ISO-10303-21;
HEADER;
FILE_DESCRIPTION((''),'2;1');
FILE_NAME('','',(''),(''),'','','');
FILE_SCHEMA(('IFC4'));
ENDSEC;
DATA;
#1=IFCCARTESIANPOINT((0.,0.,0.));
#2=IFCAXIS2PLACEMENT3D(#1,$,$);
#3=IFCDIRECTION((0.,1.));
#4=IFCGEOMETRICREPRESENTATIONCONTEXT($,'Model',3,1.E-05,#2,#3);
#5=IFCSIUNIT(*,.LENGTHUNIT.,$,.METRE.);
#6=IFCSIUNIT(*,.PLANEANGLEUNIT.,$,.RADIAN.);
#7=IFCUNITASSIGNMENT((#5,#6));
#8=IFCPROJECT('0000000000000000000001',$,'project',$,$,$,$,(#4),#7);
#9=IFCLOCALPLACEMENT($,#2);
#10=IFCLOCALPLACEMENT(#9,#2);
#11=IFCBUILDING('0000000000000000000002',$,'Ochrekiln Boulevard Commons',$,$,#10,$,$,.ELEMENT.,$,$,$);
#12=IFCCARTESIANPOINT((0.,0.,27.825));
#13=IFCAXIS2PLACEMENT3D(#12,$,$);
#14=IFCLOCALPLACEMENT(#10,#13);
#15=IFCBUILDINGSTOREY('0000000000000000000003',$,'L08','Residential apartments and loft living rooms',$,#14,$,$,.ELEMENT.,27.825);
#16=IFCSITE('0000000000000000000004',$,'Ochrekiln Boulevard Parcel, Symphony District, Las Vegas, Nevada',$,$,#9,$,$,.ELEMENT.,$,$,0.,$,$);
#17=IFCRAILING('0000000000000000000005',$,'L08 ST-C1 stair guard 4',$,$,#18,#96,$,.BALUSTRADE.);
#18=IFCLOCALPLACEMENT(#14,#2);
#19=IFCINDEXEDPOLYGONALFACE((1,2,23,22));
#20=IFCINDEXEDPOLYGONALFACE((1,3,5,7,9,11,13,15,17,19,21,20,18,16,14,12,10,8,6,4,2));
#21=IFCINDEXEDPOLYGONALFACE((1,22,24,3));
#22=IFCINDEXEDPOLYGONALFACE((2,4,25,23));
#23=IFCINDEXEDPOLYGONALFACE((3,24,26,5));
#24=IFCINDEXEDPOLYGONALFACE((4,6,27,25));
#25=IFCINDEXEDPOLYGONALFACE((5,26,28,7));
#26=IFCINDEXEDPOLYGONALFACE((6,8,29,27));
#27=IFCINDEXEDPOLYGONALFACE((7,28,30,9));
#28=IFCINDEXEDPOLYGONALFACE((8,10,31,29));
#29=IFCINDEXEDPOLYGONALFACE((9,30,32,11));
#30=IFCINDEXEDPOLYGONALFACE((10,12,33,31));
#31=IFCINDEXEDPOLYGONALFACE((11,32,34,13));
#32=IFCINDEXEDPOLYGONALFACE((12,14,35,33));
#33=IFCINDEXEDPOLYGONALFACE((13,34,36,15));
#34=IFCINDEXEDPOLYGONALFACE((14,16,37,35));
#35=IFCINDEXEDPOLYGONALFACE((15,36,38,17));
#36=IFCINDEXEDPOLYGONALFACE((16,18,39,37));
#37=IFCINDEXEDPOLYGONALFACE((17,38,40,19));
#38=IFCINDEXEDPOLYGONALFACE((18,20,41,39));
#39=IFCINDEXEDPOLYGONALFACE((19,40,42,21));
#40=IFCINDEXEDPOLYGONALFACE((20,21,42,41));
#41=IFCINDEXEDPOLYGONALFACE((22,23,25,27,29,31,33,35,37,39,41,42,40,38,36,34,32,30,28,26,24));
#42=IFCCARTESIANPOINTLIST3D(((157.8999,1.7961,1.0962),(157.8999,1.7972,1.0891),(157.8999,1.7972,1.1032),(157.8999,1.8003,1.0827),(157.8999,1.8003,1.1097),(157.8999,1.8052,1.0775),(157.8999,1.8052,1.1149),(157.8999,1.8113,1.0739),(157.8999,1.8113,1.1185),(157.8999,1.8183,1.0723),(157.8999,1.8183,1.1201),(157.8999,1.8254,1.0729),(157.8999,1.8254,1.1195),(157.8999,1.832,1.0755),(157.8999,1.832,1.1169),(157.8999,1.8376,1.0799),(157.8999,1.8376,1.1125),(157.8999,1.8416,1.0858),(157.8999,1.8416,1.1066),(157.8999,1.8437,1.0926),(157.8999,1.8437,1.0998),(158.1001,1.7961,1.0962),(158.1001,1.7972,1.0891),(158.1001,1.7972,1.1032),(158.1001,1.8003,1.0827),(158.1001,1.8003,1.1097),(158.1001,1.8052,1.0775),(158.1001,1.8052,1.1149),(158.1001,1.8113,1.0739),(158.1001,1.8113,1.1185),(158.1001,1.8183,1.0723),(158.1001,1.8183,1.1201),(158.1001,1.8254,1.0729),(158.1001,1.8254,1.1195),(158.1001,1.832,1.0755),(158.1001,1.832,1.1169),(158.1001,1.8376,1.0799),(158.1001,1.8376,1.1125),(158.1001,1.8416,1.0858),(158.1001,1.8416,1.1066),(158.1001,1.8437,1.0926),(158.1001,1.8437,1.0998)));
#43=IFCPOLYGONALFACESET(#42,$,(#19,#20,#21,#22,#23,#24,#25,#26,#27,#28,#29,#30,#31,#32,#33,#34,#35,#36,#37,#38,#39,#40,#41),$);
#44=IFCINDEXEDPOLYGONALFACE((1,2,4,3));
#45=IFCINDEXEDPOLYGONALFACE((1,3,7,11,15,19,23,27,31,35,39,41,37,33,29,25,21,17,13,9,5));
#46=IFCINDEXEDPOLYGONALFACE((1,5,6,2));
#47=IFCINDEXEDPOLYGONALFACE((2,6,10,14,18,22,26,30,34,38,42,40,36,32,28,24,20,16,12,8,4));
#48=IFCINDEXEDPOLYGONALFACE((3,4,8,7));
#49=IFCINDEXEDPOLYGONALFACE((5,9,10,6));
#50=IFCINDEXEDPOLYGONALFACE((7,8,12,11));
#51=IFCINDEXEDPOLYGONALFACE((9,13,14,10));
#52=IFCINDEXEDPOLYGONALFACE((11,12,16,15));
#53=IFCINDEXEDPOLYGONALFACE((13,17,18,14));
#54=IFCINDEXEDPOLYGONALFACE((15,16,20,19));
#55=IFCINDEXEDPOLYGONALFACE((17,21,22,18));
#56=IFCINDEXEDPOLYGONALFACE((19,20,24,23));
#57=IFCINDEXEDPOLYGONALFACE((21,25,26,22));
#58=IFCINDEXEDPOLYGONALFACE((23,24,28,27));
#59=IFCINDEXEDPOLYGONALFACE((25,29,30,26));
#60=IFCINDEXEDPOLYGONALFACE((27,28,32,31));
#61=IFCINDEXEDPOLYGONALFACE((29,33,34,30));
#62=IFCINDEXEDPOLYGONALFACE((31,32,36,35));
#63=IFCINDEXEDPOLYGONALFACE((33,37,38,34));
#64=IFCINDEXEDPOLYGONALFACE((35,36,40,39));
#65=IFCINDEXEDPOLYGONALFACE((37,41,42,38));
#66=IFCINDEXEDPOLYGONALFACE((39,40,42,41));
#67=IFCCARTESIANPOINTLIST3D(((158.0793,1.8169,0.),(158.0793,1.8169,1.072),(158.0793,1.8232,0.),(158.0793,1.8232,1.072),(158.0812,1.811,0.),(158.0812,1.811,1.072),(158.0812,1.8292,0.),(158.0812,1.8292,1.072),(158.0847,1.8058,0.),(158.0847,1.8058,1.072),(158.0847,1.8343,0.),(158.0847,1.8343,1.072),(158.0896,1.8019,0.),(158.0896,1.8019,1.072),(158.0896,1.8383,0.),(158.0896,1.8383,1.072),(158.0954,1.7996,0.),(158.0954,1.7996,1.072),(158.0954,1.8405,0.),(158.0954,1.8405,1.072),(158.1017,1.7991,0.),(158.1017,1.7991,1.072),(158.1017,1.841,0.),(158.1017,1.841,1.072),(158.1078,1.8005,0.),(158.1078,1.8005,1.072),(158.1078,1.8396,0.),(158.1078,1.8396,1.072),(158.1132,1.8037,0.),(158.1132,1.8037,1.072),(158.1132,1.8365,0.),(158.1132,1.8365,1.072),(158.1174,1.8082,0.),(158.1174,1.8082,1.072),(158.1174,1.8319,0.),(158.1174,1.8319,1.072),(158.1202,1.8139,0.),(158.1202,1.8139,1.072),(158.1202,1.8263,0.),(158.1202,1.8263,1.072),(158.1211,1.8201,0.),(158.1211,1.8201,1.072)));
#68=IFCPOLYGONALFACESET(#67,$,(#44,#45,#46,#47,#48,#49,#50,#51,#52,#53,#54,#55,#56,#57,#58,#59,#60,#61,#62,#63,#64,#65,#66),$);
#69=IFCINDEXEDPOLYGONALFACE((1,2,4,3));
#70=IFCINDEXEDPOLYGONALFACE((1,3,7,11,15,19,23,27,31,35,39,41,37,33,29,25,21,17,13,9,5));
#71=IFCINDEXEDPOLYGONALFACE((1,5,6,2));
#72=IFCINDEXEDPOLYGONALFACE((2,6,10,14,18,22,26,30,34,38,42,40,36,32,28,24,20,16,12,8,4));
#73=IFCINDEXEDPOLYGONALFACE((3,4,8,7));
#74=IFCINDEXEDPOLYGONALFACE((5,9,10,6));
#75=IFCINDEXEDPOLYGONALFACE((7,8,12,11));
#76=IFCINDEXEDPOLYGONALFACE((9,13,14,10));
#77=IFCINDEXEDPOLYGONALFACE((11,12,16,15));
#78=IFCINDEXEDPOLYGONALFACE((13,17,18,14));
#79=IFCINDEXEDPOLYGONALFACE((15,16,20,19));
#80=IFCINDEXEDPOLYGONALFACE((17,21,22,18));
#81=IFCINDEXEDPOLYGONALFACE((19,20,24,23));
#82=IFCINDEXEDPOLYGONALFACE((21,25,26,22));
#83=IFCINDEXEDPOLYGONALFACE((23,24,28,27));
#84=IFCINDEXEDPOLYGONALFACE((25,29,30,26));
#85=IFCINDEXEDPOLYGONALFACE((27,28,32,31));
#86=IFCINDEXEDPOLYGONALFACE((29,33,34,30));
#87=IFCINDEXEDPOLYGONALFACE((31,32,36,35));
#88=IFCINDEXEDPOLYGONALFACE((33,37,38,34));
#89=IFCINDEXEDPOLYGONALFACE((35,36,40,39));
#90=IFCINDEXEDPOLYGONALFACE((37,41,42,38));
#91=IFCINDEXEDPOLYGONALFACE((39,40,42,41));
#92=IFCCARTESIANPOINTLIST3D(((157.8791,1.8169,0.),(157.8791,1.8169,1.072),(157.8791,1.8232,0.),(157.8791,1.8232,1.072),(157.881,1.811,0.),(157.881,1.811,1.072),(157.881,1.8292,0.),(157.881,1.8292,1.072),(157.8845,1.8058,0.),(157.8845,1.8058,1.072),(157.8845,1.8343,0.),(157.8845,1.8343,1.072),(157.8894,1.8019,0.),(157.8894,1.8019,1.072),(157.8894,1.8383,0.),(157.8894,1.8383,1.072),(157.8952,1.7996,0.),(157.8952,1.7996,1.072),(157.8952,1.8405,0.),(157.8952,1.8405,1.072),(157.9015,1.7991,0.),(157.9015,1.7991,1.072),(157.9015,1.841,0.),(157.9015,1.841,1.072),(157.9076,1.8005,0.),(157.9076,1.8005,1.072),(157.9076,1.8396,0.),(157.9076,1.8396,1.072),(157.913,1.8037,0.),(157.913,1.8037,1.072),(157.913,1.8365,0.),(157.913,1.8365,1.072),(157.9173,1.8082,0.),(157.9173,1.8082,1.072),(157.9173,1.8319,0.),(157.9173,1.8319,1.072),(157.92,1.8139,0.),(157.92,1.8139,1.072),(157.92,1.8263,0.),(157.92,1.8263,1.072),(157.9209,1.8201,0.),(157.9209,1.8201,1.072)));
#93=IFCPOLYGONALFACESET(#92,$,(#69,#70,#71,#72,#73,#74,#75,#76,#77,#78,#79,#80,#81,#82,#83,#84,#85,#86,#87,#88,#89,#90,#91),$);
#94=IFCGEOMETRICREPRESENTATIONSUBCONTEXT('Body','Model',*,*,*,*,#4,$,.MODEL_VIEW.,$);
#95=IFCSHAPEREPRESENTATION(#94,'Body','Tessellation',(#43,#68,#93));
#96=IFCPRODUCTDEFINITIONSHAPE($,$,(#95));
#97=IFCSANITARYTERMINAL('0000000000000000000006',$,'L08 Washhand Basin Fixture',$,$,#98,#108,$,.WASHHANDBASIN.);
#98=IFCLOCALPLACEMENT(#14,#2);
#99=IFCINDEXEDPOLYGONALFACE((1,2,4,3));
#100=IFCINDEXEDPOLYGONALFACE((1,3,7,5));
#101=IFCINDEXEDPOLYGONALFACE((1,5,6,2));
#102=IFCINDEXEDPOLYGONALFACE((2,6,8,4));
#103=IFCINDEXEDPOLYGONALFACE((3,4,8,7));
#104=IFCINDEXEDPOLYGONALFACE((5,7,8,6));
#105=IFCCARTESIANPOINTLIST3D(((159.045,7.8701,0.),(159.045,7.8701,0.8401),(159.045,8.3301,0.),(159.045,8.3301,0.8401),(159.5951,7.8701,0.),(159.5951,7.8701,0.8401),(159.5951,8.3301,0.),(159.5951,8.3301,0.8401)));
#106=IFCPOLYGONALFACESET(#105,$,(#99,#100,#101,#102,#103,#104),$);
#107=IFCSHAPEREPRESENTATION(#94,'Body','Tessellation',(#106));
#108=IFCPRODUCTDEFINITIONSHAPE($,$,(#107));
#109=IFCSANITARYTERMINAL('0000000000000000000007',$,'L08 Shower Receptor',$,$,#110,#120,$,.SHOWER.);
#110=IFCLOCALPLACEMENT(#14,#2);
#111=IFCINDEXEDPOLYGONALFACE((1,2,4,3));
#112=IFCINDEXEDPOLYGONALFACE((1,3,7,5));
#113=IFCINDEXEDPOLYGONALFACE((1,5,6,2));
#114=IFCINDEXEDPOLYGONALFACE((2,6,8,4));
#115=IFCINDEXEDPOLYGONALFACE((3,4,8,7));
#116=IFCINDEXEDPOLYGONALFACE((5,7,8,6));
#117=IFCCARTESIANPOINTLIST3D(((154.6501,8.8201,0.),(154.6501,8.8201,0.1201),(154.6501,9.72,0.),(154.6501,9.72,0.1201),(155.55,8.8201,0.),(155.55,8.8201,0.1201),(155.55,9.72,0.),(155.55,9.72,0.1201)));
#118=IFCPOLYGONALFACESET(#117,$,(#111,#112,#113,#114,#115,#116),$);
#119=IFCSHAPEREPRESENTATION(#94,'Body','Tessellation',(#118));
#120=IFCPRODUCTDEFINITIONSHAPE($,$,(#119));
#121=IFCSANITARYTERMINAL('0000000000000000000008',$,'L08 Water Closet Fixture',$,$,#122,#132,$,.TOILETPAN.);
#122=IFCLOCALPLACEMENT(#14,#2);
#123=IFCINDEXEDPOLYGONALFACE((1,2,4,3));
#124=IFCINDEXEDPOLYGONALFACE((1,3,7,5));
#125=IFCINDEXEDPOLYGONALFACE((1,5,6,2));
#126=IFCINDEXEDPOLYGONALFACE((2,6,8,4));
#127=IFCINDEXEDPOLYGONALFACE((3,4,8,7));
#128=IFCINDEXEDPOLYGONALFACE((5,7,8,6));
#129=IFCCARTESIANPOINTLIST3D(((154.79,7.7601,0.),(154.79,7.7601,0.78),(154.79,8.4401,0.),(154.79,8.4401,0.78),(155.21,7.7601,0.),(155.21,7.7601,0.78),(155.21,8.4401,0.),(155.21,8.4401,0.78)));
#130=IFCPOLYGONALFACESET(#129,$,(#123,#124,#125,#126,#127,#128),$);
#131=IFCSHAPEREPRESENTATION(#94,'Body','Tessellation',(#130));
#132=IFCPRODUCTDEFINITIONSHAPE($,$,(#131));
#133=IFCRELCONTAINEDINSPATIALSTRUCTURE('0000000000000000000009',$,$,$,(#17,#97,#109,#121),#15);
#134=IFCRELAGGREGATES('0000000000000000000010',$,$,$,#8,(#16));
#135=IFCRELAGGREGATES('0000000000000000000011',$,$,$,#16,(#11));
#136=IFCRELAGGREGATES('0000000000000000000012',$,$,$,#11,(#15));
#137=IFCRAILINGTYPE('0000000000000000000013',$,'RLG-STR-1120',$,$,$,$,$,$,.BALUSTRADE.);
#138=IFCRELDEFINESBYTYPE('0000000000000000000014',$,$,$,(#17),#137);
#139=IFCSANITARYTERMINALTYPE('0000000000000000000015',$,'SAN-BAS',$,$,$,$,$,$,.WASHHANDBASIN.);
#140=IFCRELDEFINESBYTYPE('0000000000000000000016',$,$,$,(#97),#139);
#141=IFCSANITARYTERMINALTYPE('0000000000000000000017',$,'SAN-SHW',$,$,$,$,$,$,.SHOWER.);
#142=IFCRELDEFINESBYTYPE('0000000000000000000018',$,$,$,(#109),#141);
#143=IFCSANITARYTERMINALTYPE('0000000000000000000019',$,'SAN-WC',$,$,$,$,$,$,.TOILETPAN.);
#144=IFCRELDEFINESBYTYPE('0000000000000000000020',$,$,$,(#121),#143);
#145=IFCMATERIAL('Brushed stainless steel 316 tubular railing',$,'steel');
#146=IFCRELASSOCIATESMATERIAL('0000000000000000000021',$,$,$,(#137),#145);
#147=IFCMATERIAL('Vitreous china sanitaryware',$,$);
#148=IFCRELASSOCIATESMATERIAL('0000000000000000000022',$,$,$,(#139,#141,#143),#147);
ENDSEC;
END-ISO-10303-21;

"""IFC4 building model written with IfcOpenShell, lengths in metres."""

from ifc_helpers import new_model, si_unit, direction, frame, origin, origin_2d, place, context, subcontext, project, spatial, rectangle, circle, extrude, material, type_object, element, save


model = new_model("IFC4")

# Units and contexts
model_context = context("Model", 3, precision=1e-05, world=origin(), true_north=direction((0.0, 1.0)))
body_context = subcontext(model_context, "Body", "Model", "MODEL_VIEW")
ifc_project = project(units=[si_unit("LENGTHUNIT", "METRE"), si_unit("PLANEANGLEUNIT", "RADIAN")], contexts=[model_context])

# Site, building, storey
site_placement = place(None, origin())
site = spatial("IfcSite", under=ifc_project, at=site_placement, Name="Ochrekiln Boulevard Parcel, Symphony District, Las Vegas, Nevada", CompositionType="ELEMENT", RefElevation=0.0)
building_placement = place(site_placement, origin())
building = spatial("IfcBuilding", under=site, at=building_placement, Name="Ochrekiln Boulevard Commons", CompositionType="ELEMENT")
storey_placement = place(building_placement, frame((0.0, 0.0, 27.825)))
storey = spatial("IfcBuildingStorey", under=building, at=storey_placement, Name="L08", Description="Residential apartments and loft living rooms", CompositionType="ELEMENT", Elevation=27.825)

# Railing
ifc_material_1 = material(Name="Brushed stainless steel 316 tubular railing", Category="steel")
railing_type_1 = type_object("IfcRailingType", Name="RLG-STR-1120", PredefinedType="BALUSTRADE", material=ifc_material_1)
railing_1_placement = place(storey_placement, frame((158.1001, 1.8201, 0.0)))
element("IfcRailing", 1, at=railing_1_placement, inside=storey, type_object=railing_type_1, Name="L08 ST-C1 stair guard 4", PredefinedType="BALUSTRADE", context=body_context, shape_type="SweptSolid", body=[
    extrude(circle(Radius=0.0239, at=origin_2d()), frame((0.0, 0.0, 1.0962), z_axis=(-1.0, 0.0, 0.0), x_axis=(0.0, -1.0, 0.0)), (0.0, 0.0, 1.0), 0.2002),
    extrude(circle(Radius=0.021, at=origin_2d()), origin(), (0.0, 0.0, 1.0), 1.072),
    extrude(circle(Radius=0.021, at=origin_2d()), frame((-0.2002, 0.0, 0.0)), (0.0, 0.0, 1.0), 1.072),
])

# Sanitary terminals
ifc_material_2 = material(Name="Vitreous china sanitaryware")
sanitary_terminal_type_1 = type_object("IfcSanitaryTerminalType", Name="SAN-BAS", PredefinedType="WASHHANDBASIN", material=ifc_material_2)
sanitary_terminal_1_placement = place(storey_placement, frame((159.3201, 8.1001, 0.0), z_axis=(0.0, 0.0, 1.0), x_axis=(1.0, 0.0, 0.0)))
element("IfcSanitaryTerminal", 2, at=sanitary_terminal_1_placement, inside=storey, type_object=sanitary_terminal_type_1, Name="L08 Washhand Basin Fixture", PredefinedType="WASHHANDBASIN", context=body_context, shape_type="SweptSolid", body=[
    extrude(rectangle(XDim=0.55, YDim=0.46, at=origin_2d()), origin(), (0.0, 0.0, 1.0), 0.8401),
])
sanitary_terminal_type_2 = type_object("IfcSanitaryTerminalType", Name="SAN-SHW", PredefinedType="SHOWER", material=ifc_material_2)
sanitary_terminal_2_placement = place(storey_placement, frame((155.1001, 9.27, 0.0), z_axis=(0.0, 0.0, 1.0), x_axis=(1.0, 0.0, 0.0)))
element("IfcSanitaryTerminal", 3, at=sanitary_terminal_2_placement, inside=storey, type_object=sanitary_terminal_type_2, Name="L08 Shower Receptor", PredefinedType="SHOWER", context=body_context, shape_type="SweptSolid", body=[
    extrude(rectangle(XDim=0.8999, YDim=0.8999, at=origin_2d()), origin(), (0.0, 0.0, 1.0), 0.1201),
])
sanitary_terminal_type_3 = type_object("IfcSanitaryTerminalType", Name="SAN-WC", PredefinedType="TOILETPAN", material=ifc_material_2)
sanitary_terminal_3_placement = place(storey_placement, frame((155.0, 8.1001, 0.0), z_axis=(0.0, 0.0, 1.0), x_axis=(1.0, 0.0, 0.0)))
element("IfcSanitaryTerminal", 4, at=sanitary_terminal_3_placement, inside=storey, type_object=sanitary_terminal_type_3, Name="L08 Water Closet Fixture", PredefinedType="TOILETPAN", context=body_context, shape_type="SweptSolid", body=[
    extrude(rectangle(XDim=0.4199, YDim=0.6799, at=origin_2d()), origin(), (0.0, 0.0, 1.0), 0.78),
])

save(model, "model.ifc")
